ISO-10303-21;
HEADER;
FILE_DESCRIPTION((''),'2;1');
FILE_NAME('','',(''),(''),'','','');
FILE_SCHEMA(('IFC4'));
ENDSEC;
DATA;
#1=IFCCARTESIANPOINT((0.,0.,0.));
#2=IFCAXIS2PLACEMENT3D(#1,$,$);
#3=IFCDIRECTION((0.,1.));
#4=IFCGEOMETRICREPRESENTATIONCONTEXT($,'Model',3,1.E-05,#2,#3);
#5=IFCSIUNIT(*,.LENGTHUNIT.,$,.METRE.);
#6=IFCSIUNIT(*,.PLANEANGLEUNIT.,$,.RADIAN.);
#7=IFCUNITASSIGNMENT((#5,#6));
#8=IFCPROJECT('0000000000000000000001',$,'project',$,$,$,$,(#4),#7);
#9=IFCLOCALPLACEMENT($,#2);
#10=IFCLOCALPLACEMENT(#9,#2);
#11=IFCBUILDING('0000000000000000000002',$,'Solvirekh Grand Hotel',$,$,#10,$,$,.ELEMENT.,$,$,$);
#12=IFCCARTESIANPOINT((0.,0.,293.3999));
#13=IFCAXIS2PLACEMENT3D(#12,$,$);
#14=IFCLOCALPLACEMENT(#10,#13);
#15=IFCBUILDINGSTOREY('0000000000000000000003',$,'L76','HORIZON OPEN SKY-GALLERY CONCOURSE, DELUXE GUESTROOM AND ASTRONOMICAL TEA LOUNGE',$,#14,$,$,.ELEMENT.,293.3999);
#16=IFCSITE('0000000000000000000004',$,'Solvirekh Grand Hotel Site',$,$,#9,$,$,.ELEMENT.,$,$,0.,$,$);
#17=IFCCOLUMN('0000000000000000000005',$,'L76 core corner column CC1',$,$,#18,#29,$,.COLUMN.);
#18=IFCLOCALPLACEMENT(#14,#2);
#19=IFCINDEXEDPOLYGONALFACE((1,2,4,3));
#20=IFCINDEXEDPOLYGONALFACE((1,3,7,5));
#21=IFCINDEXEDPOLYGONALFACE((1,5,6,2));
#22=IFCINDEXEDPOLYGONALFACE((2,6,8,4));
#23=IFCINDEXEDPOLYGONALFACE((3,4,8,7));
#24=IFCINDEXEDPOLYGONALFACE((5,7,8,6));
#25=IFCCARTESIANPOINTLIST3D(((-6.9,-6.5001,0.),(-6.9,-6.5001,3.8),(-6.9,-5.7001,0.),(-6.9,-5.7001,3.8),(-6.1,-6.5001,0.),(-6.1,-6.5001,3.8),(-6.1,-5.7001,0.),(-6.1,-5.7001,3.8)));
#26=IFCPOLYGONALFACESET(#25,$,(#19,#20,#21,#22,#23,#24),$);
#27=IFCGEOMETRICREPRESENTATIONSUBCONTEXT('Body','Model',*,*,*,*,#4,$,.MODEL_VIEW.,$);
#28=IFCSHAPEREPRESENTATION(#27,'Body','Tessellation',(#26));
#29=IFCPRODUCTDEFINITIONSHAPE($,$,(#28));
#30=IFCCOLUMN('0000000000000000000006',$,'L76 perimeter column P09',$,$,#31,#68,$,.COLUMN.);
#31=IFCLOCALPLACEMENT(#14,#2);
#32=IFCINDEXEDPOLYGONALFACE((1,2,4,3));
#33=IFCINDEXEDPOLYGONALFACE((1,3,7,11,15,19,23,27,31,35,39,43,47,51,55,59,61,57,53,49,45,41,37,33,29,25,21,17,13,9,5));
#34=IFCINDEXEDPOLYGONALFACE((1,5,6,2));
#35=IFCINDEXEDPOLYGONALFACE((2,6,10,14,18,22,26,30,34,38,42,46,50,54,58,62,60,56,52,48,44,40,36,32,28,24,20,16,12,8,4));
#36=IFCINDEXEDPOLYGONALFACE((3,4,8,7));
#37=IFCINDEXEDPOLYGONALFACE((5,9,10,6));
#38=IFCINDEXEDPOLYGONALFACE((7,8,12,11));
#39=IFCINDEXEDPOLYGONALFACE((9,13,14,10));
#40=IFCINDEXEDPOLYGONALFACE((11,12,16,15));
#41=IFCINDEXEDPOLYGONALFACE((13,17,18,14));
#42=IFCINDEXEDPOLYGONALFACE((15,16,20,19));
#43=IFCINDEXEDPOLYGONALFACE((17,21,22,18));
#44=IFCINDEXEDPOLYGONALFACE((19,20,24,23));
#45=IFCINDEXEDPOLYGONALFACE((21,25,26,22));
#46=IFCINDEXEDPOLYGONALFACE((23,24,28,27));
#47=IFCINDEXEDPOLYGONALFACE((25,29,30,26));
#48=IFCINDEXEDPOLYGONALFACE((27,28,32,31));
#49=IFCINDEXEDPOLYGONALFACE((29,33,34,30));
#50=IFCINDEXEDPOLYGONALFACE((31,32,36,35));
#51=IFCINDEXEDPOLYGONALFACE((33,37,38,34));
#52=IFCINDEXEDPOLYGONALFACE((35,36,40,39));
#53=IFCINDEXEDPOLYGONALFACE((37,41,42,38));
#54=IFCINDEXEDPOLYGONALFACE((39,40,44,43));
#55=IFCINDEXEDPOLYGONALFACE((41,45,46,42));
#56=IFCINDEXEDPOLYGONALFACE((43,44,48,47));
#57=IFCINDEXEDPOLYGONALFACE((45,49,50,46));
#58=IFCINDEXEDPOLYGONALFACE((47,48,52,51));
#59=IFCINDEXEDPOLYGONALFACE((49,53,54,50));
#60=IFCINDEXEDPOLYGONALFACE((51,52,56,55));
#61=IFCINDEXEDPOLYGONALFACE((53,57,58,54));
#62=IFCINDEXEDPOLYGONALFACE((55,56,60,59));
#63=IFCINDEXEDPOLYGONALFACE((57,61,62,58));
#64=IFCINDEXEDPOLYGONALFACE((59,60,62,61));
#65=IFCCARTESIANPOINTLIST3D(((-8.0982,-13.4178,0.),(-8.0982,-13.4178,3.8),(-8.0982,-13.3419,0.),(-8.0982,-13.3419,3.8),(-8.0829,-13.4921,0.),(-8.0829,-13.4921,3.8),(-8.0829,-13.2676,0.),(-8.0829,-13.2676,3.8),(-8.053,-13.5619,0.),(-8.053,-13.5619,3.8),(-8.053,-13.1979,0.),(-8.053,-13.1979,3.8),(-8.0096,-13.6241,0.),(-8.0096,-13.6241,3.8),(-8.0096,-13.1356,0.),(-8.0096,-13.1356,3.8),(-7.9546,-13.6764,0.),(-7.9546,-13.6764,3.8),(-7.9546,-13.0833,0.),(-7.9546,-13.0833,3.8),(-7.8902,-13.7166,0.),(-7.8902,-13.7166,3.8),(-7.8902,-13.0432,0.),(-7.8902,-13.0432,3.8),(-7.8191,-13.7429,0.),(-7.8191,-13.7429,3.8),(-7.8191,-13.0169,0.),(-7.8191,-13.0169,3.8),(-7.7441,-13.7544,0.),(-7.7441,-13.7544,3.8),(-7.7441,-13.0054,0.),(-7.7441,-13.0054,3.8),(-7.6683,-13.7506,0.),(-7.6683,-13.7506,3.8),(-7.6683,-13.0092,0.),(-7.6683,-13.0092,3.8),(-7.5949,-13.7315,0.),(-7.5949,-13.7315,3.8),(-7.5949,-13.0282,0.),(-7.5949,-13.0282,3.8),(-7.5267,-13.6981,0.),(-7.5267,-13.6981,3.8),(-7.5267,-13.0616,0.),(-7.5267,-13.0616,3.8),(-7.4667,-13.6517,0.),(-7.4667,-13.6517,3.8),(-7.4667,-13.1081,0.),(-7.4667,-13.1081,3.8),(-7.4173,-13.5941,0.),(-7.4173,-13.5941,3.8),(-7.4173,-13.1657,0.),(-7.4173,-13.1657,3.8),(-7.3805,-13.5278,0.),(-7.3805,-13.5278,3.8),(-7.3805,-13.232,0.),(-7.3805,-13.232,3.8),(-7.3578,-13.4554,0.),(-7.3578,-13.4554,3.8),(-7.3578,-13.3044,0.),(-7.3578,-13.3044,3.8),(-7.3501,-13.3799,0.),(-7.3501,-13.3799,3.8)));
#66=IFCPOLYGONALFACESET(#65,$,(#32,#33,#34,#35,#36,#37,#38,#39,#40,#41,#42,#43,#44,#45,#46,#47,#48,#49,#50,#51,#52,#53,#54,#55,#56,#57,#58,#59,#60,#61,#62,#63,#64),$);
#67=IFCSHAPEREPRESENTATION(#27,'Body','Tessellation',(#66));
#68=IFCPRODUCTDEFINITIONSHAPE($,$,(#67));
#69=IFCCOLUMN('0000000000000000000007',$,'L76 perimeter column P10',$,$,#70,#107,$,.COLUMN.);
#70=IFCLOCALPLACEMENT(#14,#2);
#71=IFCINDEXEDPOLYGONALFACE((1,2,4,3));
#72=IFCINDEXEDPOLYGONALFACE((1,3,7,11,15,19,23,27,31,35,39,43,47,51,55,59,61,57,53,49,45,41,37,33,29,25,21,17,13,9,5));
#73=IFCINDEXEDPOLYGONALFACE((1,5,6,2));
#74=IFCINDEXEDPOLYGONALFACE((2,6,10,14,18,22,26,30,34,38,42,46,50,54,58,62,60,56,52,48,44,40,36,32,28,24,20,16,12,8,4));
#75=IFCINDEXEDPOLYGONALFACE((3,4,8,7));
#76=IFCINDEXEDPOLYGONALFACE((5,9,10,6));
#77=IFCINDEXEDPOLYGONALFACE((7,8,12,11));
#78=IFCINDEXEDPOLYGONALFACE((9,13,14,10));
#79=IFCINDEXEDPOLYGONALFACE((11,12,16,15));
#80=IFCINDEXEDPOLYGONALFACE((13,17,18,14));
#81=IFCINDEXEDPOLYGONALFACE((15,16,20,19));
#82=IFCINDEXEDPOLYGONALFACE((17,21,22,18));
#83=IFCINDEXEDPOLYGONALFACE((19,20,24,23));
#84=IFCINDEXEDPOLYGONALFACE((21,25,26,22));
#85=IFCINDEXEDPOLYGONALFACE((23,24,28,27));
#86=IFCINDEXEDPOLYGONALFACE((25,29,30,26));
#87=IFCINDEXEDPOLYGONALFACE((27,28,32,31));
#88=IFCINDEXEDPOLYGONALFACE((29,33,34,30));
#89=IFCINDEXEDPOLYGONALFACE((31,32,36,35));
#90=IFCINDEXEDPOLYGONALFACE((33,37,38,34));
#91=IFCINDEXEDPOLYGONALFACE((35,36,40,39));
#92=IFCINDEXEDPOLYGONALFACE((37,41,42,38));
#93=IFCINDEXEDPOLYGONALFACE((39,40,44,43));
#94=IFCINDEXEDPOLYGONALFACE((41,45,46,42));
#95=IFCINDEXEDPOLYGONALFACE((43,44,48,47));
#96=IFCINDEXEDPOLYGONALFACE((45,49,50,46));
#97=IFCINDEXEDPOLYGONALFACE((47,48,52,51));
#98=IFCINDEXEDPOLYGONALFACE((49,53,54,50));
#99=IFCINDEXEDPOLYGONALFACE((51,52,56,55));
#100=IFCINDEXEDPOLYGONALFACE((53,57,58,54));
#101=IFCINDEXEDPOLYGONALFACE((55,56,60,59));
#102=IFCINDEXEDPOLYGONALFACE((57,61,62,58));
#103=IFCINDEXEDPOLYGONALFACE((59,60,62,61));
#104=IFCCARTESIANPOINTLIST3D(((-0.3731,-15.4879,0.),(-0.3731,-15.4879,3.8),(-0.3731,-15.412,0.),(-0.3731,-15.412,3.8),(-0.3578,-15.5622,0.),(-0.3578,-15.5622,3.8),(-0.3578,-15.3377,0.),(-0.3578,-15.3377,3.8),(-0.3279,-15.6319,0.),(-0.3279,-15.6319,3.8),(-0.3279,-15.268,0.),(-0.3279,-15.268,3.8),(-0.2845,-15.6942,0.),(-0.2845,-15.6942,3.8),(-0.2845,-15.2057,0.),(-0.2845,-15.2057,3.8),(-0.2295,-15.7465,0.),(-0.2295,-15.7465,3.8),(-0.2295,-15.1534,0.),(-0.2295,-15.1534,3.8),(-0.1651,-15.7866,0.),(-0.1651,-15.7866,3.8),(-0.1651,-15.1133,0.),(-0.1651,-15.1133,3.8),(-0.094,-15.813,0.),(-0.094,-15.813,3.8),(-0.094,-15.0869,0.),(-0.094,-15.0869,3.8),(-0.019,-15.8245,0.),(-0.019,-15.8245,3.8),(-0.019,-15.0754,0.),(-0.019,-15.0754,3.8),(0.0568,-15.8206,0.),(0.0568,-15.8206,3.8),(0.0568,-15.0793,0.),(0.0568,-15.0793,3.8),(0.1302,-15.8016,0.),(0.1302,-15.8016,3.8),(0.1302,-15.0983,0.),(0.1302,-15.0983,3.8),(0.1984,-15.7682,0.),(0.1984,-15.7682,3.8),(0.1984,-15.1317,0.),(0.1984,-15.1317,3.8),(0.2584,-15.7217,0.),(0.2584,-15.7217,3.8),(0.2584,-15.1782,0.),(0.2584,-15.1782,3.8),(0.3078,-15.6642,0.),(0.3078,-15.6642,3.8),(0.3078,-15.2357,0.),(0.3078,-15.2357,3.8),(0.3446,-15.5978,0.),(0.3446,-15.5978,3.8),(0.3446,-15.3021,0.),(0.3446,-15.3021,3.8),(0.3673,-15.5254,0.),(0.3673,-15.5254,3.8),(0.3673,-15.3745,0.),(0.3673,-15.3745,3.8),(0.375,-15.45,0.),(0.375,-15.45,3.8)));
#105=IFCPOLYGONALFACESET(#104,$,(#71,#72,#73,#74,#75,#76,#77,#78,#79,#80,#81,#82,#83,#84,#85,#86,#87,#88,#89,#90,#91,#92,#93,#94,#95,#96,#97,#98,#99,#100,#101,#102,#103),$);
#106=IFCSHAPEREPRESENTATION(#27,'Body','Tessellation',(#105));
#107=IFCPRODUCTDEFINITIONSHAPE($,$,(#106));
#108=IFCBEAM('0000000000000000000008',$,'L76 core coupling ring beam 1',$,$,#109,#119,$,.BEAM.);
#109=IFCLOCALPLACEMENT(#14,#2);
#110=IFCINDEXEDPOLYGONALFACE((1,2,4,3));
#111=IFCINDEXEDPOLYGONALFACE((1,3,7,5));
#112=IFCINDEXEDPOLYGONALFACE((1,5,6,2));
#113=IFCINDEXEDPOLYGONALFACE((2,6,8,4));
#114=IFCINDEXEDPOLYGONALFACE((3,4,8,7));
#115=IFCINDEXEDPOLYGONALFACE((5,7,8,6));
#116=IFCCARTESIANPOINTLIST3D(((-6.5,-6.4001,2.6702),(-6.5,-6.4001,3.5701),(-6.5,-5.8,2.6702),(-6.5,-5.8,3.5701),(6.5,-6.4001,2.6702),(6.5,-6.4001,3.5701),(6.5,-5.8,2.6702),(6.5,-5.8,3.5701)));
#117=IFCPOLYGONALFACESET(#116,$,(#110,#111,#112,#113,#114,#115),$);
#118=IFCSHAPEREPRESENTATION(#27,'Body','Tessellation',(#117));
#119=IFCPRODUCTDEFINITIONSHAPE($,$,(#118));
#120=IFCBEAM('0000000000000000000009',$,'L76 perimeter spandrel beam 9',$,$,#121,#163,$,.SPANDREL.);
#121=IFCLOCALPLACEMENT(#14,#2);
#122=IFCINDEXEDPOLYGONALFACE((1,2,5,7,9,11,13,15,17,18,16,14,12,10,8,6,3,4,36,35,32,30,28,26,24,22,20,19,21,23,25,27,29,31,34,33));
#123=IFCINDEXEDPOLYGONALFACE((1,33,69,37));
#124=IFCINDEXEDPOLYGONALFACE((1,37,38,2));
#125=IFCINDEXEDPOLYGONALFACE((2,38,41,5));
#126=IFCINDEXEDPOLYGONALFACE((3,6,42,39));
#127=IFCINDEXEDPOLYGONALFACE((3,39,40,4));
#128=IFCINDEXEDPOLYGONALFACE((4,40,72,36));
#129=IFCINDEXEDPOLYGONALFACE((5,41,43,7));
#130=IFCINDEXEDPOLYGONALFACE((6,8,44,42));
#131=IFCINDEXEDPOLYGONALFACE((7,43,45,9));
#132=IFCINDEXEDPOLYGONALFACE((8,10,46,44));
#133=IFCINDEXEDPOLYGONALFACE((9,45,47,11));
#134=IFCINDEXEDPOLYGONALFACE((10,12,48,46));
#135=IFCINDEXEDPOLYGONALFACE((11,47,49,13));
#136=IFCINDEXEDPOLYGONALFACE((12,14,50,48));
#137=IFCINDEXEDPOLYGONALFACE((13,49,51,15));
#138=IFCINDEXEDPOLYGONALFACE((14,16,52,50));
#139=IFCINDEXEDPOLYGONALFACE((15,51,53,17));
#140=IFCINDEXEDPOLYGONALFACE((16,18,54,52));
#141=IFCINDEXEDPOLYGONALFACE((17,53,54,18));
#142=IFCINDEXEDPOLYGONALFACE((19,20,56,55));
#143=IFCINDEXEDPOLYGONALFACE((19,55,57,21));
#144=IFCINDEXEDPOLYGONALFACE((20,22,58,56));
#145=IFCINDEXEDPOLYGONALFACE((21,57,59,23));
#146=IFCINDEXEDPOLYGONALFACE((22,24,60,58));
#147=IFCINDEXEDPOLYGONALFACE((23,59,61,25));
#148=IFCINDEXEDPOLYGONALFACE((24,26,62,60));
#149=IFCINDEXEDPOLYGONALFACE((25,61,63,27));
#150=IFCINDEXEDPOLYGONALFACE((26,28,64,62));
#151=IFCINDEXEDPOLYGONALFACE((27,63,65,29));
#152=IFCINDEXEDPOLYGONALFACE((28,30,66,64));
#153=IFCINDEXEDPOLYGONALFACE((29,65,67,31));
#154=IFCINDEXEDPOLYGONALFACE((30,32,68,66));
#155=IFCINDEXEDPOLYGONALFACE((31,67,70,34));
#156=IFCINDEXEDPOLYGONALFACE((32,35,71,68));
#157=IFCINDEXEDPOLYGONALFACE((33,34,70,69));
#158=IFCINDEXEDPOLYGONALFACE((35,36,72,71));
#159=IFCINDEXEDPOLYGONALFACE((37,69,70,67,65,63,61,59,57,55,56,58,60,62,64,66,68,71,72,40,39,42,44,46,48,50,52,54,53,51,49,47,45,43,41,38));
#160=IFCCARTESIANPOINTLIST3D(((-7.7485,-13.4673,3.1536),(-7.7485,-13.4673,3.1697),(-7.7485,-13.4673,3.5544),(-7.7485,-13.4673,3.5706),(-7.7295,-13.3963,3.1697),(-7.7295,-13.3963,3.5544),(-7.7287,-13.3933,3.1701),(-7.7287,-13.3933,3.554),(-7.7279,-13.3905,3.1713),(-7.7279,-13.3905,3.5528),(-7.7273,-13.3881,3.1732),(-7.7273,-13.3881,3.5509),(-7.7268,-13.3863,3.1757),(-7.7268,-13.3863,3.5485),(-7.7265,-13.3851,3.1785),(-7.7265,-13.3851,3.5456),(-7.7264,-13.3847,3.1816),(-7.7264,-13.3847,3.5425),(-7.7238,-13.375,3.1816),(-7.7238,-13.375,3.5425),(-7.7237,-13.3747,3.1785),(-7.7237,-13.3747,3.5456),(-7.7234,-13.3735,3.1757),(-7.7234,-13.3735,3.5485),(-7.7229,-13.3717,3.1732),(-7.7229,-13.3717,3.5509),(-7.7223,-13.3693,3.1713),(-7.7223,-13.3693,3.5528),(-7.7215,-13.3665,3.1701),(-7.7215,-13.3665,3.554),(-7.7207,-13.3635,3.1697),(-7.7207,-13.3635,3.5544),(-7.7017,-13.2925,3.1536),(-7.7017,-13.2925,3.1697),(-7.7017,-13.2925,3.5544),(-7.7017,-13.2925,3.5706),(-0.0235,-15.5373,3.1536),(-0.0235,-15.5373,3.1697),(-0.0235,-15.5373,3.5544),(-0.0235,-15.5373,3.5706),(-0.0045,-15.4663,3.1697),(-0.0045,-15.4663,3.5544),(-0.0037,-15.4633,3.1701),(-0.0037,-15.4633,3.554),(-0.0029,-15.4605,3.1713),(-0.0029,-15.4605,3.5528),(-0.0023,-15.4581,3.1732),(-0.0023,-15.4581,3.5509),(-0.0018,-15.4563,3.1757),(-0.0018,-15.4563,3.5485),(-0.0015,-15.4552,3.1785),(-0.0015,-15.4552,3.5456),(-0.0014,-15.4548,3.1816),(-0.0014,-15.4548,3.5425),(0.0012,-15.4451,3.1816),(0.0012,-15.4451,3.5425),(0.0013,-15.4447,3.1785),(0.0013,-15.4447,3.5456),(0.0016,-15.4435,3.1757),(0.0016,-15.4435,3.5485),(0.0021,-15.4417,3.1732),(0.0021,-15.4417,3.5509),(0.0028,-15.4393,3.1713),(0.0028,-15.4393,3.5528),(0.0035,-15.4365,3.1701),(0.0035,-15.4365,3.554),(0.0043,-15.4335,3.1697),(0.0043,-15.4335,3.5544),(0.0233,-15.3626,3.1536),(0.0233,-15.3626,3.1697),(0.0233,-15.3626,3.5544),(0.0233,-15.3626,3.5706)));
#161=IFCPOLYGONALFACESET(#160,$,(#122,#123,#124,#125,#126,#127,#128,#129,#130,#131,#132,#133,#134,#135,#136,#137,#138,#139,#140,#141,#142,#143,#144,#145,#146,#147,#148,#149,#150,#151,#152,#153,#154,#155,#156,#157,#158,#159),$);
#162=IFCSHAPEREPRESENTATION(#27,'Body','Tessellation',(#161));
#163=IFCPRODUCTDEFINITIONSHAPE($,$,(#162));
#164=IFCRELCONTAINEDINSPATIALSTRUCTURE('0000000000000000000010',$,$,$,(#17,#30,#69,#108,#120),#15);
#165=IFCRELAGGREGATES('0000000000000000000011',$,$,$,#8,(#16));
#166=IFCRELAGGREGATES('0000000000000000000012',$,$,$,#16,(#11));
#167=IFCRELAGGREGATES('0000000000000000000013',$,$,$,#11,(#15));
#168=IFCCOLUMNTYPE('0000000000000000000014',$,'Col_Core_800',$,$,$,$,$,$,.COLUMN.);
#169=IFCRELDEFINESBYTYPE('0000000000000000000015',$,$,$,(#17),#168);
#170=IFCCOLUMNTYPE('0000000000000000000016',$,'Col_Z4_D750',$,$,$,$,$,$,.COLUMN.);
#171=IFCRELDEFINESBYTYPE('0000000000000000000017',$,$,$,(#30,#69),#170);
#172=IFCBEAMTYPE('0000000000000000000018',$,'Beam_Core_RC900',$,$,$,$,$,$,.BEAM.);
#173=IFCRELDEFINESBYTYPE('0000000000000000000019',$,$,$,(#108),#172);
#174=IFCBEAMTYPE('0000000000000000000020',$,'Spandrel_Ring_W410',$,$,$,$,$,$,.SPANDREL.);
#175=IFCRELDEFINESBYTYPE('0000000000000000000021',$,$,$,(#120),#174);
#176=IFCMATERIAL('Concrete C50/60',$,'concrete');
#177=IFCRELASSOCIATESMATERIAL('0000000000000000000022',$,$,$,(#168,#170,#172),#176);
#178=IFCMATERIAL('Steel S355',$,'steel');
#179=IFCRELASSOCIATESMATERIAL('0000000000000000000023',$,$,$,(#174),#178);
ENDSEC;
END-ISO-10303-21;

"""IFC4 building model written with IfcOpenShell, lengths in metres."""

from ifc_helpers import new_model, si_unit, direction, frame, origin, origin_2d, place, context, subcontext, project, spatial, rectangle, circle, i_section, extrude, material, material_profile, profile_set, type_object, element, save


model = new_model("IFC4")

# Units and contexts
model_context = context("Model", 3, precision=1e-05, world=origin(), true_north=direction((0.0, 1.0)))
body_context = subcontext(model_context, "Body", "Model", "MODEL_VIEW")
ifc_project = project(units=[si_unit("LENGTHUNIT", "METRE"), si_unit("PLANEANGLEUNIT", "RADIAN")], contexts=[model_context])

# Site, building, storey
site_placement = place(None, origin())
site = spatial("IfcSite", under=ifc_project, at=site_placement, Name="Solvirekh Grand Hotel Site", CompositionType="ELEMENT", RefElevation=0.0)
building_placement = place(site_placement, origin())
building = spatial("IfcBuilding", under=site, at=building_placement, Name="Solvirekh Grand Hotel", CompositionType="ELEMENT")
storey_placement = place(building_placement, frame((0.0, 0.0, 293.3999)))
storey = spatial("IfcBuildingStorey", under=building, at=storey_placement, Name="L76", Description="HORIZON OPEN SKY-GALLERY CONCOURSE, DELUXE GUESTROOM AND ASTRONOMICAL TEA LOUNGE", CompositionType="ELEMENT", Elevation=293.3999)

# Columns
ifc_material_1 = material(Name="Concrete C50/60", Category="concrete")
ifc_material_profile_1 = material_profile(ifc_material_1, rectangle(XDim=0.8, YDim=0.8, at=origin_2d()), Name="RC 800X800")
ifc_profile_set_1 = profile_set([ifc_material_profile_1], Name="Concrete C50/60")
column_type_1 = type_object("IfcColumnType", Name="Col_Core_800", PredefinedType="COLUMN", material=ifc_profile_set_1)
column_placement = place(storey_placement, frame((-6.5, -6.1001, 0.0), z_axis=(0.0, 0.0, 1.0), x_axis=(1.0, 0.0, 0.0)))
element("IfcColumn", 1, at=column_placement, inside=storey, type_object=column_type_1, Name="L76 core corner column CC1", PredefinedType="COLUMN", context=body_context, shape_type="SweptSolid", body=[
    extrude(rectangle(XDim=0.8, YDim=0.8, at=origin_2d()), origin(), (0.0, 0.0, 1.0), 3.8),
])
ifc_material_profile_2 = material_profile(ifc_material_1, circle(Radius=0.375, at=origin_2d()), Name="RC CIRC D750")
ifc_profile_set_2 = profile_set([ifc_material_profile_2], Name="Concrete C50/60")
column_type_2 = type_object("IfcColumnType", Name="Col_Z4_D750", PredefinedType="COLUMN", material=ifc_profile_set_2)
for number, where, z_axis, x_axis, name in (
    (2, (-7.7251, -13.3799, 0.0), (0.0, 0.0, 1.0), (1.0, 0.0, 0.0), "L76 perimeter column P09"),
    (3, (0.0, -15.45, 0.0), (0.0, 0.0, 1.0), (1.0, 0.0, 0.0), "L76 perimeter column P10"),
):
    element("IfcColumn", number, at=place(storey_placement, frame(where, z_axis=z_axis, x_axis=x_axis)), inside=storey, type_object=column_type_2, Name=name, PredefinedType="COLUMN", context=body_context, shape_type="SweptSolid", body=[
        extrude(circle(Radius=0.375, at=origin_2d()), origin(), (0.0, 0.0, 1.0), 3.8),
    ])

# Beams
ifc_material_profile_3 = material_profile(ifc_material_1, rectangle(XDim=0.6001, YDim=0.8999, at=origin_2d()), Name="RC BEAM 600X900")
ifc_profile_set_3 = profile_set([ifc_material_profile_3], Name="Concrete C50/60")
beam_type_1 = type_object("IfcBeamType", Name="Beam_Core_RC900", PredefinedType="BEAM", material=ifc_profile_set_3)
beam_placement = place(storey_placement, frame((-6.5, -6.1001, 3.1201), z_axis=(1.0, 0.0, 0.0), x_axis=(0.0, 1.0, 0.0)))
element("IfcBeam", 4, at=beam_placement, inside=storey, type_object=beam_type_1, Name="L76 core coupling ring beam 1", PredefinedType="BEAM", context=body_context, shape_type="SweptSolid", body=[
    extrude(rectangle(XDim=0.6001, YDim=0.8999, at=origin_2d()), origin(), (0.0, 0.0, 1.0), 13.0),
])
ifc_material_2 = material(Name="Steel S355", Category="steel")
ifc_material_profile_4 = material_profile(ifc_material_2, i_section(OverallWidth=0.1809, OverallDepth=0.417, WebThickness=0.01, FlangeThickness=0.0161, FilletRadius=0.012, at=origin_2d()), Name="W410X85")
ifc_profile_set_4 = profile_set([ifc_material_profile_4], Name="Steel S355")
beam_type_2 = type_object("IfcBeamType", Name="Spandrel_Ring_W410", PredefinedType="SPANDREL", material=ifc_profile_set_4)
for number, where, z_axis, x_axis, name in (
    (5, (-7.7251, -13.3799, 3.3621), (0.965922, -0.258835, 0.0), (0.258835, 0.965922, 0.0), "L76 perimeter spandrel beam 9"),
):
    element("IfcBeam", number, at=place(storey_placement, frame(where, z_axis=z_axis, x_axis=x_axis)), inside=storey, type_object=beam_type_2, Name=name, PredefinedType="SPANDREL", context=body_context, shape_type="SweptSolid", body=[
        extrude(i_section(OverallWidth=0.1809, OverallDepth=0.417, WebThickness=0.01, FlangeThickness=0.0161, FilletRadius=0.012, at=origin_2d()), origin(), (0.0, 0.0, 1.0), 7.9976),
    ])

save(model, "model.ifc")
